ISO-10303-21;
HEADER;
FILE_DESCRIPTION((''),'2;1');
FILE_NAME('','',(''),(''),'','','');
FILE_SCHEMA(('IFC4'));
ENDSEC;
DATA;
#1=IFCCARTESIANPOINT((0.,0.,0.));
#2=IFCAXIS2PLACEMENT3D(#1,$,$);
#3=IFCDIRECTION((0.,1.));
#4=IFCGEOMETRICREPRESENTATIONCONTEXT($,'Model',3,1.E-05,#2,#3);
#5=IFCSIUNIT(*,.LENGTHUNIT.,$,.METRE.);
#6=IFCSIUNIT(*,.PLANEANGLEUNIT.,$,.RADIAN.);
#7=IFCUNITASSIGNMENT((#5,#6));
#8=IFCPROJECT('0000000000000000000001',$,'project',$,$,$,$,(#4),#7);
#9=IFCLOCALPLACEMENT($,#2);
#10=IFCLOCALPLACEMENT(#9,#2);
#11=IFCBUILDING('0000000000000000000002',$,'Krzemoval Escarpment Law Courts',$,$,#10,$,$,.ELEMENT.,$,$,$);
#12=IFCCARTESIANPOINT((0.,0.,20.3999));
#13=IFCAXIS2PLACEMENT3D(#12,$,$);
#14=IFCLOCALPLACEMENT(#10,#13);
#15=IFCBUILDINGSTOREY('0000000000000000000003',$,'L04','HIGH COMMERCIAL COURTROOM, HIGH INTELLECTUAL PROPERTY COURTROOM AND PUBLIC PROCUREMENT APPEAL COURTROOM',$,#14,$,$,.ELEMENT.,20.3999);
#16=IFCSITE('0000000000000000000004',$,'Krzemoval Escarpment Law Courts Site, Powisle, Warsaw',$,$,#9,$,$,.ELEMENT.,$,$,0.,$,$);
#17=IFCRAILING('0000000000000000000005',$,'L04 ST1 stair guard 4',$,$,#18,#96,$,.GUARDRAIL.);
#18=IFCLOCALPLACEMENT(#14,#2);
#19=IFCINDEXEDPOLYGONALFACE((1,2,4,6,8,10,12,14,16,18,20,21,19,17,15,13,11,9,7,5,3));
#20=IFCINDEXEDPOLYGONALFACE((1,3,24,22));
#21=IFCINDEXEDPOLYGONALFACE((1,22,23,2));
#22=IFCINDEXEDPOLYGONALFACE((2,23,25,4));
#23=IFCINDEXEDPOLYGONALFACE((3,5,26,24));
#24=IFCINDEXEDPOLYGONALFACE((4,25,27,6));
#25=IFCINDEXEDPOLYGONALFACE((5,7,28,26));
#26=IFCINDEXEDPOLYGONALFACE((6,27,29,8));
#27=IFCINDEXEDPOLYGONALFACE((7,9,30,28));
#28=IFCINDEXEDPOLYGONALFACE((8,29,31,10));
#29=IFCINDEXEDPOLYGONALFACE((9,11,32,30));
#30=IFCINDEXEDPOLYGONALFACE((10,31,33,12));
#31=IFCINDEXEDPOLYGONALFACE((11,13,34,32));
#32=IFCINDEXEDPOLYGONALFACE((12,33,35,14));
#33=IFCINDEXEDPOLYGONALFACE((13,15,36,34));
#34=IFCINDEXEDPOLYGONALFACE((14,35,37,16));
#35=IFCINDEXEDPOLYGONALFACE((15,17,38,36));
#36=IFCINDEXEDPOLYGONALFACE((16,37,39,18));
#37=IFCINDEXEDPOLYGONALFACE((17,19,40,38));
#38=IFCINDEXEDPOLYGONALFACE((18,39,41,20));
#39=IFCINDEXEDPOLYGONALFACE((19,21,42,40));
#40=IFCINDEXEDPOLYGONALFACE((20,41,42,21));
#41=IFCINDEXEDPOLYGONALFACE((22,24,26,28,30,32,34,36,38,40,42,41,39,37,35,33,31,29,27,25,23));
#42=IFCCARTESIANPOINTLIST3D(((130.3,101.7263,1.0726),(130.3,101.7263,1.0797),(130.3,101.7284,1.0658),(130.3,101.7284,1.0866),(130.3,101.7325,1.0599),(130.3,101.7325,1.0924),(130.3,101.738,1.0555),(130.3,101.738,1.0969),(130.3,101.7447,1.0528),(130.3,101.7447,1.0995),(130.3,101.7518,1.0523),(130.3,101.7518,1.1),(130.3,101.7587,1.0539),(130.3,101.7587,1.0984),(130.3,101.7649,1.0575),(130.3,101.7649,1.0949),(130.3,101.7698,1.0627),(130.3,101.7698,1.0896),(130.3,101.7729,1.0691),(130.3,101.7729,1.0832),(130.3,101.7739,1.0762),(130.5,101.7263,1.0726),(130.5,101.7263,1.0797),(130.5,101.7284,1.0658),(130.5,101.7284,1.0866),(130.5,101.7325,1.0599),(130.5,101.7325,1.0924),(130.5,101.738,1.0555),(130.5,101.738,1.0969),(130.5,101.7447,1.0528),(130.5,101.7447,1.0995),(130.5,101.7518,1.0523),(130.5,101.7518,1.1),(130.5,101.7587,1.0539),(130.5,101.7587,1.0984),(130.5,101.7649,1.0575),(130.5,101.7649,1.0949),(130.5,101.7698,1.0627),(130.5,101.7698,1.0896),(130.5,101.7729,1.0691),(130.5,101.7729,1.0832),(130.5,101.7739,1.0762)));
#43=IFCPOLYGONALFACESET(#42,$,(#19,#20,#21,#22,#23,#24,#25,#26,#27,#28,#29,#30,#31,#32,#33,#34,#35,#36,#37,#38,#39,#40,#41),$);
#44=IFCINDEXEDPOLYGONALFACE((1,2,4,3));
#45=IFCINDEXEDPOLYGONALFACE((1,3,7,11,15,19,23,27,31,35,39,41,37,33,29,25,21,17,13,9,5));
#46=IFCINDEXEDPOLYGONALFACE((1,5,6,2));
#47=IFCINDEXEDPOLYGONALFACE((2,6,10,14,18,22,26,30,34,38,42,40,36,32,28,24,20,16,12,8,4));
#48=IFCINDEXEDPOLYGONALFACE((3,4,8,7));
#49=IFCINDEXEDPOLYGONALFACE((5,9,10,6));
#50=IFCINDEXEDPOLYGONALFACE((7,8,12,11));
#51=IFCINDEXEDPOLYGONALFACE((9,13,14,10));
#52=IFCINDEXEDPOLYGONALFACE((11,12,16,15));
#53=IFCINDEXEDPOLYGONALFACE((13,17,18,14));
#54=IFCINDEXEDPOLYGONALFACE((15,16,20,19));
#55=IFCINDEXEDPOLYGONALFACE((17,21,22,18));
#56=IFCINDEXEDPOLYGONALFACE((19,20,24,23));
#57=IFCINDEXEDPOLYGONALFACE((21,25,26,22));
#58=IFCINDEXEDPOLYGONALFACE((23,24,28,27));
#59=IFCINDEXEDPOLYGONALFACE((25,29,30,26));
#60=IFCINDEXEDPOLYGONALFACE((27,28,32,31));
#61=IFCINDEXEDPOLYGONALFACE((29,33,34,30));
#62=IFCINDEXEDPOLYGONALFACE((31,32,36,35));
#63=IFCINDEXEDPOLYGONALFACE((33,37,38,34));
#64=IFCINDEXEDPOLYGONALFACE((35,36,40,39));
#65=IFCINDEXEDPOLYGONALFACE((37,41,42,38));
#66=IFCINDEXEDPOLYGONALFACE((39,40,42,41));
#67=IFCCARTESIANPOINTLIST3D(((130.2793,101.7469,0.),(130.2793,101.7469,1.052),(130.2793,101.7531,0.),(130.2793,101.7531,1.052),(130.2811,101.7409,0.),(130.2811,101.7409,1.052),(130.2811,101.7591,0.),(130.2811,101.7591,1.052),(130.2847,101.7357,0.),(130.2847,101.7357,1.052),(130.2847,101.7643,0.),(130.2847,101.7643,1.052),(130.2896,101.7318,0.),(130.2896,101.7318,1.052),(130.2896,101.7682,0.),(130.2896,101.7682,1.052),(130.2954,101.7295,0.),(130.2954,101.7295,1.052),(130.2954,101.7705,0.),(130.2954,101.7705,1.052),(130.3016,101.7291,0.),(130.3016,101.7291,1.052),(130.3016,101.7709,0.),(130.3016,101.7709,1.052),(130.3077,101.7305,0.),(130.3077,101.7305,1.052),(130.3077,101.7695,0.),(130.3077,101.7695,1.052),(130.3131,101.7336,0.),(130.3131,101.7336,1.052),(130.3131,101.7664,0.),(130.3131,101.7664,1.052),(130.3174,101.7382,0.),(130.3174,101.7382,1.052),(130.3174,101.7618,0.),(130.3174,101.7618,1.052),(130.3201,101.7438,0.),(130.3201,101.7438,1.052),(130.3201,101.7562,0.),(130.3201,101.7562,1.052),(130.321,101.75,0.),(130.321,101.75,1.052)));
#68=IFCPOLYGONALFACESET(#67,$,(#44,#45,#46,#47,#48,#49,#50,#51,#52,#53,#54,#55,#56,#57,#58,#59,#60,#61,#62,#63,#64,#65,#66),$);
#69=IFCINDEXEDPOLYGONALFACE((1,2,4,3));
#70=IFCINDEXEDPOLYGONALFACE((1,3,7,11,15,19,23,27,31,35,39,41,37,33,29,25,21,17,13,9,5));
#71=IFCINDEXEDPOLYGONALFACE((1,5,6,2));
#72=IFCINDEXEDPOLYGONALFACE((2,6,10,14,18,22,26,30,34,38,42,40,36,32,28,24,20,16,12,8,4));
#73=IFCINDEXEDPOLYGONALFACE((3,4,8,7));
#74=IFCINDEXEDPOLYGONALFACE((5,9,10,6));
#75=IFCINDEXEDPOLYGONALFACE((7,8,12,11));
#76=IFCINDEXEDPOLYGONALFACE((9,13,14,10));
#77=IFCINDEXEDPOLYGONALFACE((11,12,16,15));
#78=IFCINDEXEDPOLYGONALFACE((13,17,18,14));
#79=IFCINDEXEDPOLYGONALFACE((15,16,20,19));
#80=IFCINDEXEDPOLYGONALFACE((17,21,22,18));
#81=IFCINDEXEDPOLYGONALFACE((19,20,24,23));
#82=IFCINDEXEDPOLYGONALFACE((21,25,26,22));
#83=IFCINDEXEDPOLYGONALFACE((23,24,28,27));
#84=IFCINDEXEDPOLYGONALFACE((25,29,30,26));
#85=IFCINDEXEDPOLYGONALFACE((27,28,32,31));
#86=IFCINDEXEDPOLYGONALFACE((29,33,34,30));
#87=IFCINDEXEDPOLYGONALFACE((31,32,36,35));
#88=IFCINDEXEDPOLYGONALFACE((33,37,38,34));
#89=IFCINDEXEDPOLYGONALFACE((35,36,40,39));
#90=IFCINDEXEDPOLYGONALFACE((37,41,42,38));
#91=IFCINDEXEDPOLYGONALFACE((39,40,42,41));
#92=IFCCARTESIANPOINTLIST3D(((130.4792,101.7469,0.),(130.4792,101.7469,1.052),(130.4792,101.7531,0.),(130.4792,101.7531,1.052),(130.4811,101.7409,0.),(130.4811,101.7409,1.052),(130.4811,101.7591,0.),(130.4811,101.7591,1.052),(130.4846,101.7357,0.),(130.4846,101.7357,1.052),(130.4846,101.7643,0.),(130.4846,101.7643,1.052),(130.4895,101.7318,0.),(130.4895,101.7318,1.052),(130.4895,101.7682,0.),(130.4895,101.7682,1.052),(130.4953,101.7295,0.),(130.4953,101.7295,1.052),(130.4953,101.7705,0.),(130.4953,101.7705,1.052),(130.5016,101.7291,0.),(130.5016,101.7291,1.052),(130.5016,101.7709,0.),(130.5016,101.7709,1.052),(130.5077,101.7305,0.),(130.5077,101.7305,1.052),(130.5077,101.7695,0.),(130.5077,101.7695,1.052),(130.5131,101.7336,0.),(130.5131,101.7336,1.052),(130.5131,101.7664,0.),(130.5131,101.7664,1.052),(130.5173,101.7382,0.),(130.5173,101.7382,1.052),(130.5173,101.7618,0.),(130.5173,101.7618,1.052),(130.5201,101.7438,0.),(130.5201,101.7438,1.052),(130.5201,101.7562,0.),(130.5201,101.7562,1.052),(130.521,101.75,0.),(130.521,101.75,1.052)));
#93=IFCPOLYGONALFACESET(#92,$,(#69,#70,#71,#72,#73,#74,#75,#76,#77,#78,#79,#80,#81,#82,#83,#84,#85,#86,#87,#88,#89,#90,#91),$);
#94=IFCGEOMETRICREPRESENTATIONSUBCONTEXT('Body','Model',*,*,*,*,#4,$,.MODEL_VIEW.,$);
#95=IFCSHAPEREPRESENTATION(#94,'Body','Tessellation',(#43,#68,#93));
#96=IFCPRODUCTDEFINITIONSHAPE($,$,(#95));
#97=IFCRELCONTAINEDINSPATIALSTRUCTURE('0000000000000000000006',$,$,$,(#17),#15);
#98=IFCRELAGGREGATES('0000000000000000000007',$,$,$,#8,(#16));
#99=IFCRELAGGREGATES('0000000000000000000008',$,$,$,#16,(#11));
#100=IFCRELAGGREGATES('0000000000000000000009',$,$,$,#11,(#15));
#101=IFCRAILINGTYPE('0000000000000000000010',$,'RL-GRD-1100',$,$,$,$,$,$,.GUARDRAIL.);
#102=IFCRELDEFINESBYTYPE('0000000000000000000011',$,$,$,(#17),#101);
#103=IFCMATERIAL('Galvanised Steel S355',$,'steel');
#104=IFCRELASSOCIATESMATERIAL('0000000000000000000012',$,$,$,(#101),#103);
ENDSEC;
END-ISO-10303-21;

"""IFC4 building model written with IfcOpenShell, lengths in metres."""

from ifc_helpers import new_model, si_unit, direction, frame, origin, origin_2d, place, context, subcontext, project, spatial, circle, extrude, material, type_object, element, save


model = new_model("IFC4")

# Units and contexts
model_context = context("Model", 3, precision=1e-05, world=origin(), true_north=direction((0.0, 1.0)))
body_context = subcontext(model_context, "Body", "Model", "MODEL_VIEW")
ifc_project = project(units=[si_unit("LENGTHUNIT", "METRE"), si_unit("PLANEANGLEUNIT", "RADIAN")], contexts=[model_context])

# Site, building, storey
site_placement = place(None, origin())
site = spatial("IfcSite", under=ifc_project, at=site_placement, Name="Krzemoval Escarpment Law Courts Site, Powisle, Warsaw", CompositionType="ELEMENT", RefElevation=0.0)
building_placement = place(site_placement, origin())
building = spatial("IfcBuilding", under=site, at=building_placement, Name="Krzemoval Escarpment Law Courts", CompositionType="ELEMENT")
storey_placement = place(building_placement, frame((0.0, 0.0, 20.3999)))
storey = spatial("IfcBuildingStorey", under=building, at=storey_placement, Name="L04", Description="HIGH COMMERCIAL COURTROOM, HIGH INTELLECTUAL PROPERTY COURTROOM AND PUBLIC PROCUREMENT APPEAL COURTROOM", CompositionType="ELEMENT", Elevation=20.3999)

# Railing
ifc_material_1 = material(Name="Galvanised Steel S355", Category="steel")
railing_type_1 = type_object("IfcRailingType", Name="RL-GRD-1100", PredefinedType="GUARDRAIL", material=ifc_material_1)
railing_1_placement = place(storey_placement, frame((130.3, 101.75, 0.0)))
element("IfcRailing", 1, at=railing_1_placement, inside=storey, type_object=railing_type_1, Name="L04 ST1 stair guard 4", PredefinedType="GUARDRAIL", context=body_context, shape_type="SweptSolid", body=[
    extrude(circle(Radius=0.0239, at=origin_2d()), frame((0.0, 0.0, 1.0762), z_axis=(1.0, 0.0, 0.0), x_axis=(0.0, 1.0, 0.0)), (0.0, 0.0, 1.0), 0.2),
    extrude(circle(Radius=0.021, at=origin_2d()), origin(), (0.0, 0.0, 1.0), 1.052),
    extrude(circle(Radius=0.021, at=origin_2d()), frame((0.2, 0.0, 0.0)), (0.0, 0.0, 1.0), 1.052),
])

save(model, "model.ifc")
